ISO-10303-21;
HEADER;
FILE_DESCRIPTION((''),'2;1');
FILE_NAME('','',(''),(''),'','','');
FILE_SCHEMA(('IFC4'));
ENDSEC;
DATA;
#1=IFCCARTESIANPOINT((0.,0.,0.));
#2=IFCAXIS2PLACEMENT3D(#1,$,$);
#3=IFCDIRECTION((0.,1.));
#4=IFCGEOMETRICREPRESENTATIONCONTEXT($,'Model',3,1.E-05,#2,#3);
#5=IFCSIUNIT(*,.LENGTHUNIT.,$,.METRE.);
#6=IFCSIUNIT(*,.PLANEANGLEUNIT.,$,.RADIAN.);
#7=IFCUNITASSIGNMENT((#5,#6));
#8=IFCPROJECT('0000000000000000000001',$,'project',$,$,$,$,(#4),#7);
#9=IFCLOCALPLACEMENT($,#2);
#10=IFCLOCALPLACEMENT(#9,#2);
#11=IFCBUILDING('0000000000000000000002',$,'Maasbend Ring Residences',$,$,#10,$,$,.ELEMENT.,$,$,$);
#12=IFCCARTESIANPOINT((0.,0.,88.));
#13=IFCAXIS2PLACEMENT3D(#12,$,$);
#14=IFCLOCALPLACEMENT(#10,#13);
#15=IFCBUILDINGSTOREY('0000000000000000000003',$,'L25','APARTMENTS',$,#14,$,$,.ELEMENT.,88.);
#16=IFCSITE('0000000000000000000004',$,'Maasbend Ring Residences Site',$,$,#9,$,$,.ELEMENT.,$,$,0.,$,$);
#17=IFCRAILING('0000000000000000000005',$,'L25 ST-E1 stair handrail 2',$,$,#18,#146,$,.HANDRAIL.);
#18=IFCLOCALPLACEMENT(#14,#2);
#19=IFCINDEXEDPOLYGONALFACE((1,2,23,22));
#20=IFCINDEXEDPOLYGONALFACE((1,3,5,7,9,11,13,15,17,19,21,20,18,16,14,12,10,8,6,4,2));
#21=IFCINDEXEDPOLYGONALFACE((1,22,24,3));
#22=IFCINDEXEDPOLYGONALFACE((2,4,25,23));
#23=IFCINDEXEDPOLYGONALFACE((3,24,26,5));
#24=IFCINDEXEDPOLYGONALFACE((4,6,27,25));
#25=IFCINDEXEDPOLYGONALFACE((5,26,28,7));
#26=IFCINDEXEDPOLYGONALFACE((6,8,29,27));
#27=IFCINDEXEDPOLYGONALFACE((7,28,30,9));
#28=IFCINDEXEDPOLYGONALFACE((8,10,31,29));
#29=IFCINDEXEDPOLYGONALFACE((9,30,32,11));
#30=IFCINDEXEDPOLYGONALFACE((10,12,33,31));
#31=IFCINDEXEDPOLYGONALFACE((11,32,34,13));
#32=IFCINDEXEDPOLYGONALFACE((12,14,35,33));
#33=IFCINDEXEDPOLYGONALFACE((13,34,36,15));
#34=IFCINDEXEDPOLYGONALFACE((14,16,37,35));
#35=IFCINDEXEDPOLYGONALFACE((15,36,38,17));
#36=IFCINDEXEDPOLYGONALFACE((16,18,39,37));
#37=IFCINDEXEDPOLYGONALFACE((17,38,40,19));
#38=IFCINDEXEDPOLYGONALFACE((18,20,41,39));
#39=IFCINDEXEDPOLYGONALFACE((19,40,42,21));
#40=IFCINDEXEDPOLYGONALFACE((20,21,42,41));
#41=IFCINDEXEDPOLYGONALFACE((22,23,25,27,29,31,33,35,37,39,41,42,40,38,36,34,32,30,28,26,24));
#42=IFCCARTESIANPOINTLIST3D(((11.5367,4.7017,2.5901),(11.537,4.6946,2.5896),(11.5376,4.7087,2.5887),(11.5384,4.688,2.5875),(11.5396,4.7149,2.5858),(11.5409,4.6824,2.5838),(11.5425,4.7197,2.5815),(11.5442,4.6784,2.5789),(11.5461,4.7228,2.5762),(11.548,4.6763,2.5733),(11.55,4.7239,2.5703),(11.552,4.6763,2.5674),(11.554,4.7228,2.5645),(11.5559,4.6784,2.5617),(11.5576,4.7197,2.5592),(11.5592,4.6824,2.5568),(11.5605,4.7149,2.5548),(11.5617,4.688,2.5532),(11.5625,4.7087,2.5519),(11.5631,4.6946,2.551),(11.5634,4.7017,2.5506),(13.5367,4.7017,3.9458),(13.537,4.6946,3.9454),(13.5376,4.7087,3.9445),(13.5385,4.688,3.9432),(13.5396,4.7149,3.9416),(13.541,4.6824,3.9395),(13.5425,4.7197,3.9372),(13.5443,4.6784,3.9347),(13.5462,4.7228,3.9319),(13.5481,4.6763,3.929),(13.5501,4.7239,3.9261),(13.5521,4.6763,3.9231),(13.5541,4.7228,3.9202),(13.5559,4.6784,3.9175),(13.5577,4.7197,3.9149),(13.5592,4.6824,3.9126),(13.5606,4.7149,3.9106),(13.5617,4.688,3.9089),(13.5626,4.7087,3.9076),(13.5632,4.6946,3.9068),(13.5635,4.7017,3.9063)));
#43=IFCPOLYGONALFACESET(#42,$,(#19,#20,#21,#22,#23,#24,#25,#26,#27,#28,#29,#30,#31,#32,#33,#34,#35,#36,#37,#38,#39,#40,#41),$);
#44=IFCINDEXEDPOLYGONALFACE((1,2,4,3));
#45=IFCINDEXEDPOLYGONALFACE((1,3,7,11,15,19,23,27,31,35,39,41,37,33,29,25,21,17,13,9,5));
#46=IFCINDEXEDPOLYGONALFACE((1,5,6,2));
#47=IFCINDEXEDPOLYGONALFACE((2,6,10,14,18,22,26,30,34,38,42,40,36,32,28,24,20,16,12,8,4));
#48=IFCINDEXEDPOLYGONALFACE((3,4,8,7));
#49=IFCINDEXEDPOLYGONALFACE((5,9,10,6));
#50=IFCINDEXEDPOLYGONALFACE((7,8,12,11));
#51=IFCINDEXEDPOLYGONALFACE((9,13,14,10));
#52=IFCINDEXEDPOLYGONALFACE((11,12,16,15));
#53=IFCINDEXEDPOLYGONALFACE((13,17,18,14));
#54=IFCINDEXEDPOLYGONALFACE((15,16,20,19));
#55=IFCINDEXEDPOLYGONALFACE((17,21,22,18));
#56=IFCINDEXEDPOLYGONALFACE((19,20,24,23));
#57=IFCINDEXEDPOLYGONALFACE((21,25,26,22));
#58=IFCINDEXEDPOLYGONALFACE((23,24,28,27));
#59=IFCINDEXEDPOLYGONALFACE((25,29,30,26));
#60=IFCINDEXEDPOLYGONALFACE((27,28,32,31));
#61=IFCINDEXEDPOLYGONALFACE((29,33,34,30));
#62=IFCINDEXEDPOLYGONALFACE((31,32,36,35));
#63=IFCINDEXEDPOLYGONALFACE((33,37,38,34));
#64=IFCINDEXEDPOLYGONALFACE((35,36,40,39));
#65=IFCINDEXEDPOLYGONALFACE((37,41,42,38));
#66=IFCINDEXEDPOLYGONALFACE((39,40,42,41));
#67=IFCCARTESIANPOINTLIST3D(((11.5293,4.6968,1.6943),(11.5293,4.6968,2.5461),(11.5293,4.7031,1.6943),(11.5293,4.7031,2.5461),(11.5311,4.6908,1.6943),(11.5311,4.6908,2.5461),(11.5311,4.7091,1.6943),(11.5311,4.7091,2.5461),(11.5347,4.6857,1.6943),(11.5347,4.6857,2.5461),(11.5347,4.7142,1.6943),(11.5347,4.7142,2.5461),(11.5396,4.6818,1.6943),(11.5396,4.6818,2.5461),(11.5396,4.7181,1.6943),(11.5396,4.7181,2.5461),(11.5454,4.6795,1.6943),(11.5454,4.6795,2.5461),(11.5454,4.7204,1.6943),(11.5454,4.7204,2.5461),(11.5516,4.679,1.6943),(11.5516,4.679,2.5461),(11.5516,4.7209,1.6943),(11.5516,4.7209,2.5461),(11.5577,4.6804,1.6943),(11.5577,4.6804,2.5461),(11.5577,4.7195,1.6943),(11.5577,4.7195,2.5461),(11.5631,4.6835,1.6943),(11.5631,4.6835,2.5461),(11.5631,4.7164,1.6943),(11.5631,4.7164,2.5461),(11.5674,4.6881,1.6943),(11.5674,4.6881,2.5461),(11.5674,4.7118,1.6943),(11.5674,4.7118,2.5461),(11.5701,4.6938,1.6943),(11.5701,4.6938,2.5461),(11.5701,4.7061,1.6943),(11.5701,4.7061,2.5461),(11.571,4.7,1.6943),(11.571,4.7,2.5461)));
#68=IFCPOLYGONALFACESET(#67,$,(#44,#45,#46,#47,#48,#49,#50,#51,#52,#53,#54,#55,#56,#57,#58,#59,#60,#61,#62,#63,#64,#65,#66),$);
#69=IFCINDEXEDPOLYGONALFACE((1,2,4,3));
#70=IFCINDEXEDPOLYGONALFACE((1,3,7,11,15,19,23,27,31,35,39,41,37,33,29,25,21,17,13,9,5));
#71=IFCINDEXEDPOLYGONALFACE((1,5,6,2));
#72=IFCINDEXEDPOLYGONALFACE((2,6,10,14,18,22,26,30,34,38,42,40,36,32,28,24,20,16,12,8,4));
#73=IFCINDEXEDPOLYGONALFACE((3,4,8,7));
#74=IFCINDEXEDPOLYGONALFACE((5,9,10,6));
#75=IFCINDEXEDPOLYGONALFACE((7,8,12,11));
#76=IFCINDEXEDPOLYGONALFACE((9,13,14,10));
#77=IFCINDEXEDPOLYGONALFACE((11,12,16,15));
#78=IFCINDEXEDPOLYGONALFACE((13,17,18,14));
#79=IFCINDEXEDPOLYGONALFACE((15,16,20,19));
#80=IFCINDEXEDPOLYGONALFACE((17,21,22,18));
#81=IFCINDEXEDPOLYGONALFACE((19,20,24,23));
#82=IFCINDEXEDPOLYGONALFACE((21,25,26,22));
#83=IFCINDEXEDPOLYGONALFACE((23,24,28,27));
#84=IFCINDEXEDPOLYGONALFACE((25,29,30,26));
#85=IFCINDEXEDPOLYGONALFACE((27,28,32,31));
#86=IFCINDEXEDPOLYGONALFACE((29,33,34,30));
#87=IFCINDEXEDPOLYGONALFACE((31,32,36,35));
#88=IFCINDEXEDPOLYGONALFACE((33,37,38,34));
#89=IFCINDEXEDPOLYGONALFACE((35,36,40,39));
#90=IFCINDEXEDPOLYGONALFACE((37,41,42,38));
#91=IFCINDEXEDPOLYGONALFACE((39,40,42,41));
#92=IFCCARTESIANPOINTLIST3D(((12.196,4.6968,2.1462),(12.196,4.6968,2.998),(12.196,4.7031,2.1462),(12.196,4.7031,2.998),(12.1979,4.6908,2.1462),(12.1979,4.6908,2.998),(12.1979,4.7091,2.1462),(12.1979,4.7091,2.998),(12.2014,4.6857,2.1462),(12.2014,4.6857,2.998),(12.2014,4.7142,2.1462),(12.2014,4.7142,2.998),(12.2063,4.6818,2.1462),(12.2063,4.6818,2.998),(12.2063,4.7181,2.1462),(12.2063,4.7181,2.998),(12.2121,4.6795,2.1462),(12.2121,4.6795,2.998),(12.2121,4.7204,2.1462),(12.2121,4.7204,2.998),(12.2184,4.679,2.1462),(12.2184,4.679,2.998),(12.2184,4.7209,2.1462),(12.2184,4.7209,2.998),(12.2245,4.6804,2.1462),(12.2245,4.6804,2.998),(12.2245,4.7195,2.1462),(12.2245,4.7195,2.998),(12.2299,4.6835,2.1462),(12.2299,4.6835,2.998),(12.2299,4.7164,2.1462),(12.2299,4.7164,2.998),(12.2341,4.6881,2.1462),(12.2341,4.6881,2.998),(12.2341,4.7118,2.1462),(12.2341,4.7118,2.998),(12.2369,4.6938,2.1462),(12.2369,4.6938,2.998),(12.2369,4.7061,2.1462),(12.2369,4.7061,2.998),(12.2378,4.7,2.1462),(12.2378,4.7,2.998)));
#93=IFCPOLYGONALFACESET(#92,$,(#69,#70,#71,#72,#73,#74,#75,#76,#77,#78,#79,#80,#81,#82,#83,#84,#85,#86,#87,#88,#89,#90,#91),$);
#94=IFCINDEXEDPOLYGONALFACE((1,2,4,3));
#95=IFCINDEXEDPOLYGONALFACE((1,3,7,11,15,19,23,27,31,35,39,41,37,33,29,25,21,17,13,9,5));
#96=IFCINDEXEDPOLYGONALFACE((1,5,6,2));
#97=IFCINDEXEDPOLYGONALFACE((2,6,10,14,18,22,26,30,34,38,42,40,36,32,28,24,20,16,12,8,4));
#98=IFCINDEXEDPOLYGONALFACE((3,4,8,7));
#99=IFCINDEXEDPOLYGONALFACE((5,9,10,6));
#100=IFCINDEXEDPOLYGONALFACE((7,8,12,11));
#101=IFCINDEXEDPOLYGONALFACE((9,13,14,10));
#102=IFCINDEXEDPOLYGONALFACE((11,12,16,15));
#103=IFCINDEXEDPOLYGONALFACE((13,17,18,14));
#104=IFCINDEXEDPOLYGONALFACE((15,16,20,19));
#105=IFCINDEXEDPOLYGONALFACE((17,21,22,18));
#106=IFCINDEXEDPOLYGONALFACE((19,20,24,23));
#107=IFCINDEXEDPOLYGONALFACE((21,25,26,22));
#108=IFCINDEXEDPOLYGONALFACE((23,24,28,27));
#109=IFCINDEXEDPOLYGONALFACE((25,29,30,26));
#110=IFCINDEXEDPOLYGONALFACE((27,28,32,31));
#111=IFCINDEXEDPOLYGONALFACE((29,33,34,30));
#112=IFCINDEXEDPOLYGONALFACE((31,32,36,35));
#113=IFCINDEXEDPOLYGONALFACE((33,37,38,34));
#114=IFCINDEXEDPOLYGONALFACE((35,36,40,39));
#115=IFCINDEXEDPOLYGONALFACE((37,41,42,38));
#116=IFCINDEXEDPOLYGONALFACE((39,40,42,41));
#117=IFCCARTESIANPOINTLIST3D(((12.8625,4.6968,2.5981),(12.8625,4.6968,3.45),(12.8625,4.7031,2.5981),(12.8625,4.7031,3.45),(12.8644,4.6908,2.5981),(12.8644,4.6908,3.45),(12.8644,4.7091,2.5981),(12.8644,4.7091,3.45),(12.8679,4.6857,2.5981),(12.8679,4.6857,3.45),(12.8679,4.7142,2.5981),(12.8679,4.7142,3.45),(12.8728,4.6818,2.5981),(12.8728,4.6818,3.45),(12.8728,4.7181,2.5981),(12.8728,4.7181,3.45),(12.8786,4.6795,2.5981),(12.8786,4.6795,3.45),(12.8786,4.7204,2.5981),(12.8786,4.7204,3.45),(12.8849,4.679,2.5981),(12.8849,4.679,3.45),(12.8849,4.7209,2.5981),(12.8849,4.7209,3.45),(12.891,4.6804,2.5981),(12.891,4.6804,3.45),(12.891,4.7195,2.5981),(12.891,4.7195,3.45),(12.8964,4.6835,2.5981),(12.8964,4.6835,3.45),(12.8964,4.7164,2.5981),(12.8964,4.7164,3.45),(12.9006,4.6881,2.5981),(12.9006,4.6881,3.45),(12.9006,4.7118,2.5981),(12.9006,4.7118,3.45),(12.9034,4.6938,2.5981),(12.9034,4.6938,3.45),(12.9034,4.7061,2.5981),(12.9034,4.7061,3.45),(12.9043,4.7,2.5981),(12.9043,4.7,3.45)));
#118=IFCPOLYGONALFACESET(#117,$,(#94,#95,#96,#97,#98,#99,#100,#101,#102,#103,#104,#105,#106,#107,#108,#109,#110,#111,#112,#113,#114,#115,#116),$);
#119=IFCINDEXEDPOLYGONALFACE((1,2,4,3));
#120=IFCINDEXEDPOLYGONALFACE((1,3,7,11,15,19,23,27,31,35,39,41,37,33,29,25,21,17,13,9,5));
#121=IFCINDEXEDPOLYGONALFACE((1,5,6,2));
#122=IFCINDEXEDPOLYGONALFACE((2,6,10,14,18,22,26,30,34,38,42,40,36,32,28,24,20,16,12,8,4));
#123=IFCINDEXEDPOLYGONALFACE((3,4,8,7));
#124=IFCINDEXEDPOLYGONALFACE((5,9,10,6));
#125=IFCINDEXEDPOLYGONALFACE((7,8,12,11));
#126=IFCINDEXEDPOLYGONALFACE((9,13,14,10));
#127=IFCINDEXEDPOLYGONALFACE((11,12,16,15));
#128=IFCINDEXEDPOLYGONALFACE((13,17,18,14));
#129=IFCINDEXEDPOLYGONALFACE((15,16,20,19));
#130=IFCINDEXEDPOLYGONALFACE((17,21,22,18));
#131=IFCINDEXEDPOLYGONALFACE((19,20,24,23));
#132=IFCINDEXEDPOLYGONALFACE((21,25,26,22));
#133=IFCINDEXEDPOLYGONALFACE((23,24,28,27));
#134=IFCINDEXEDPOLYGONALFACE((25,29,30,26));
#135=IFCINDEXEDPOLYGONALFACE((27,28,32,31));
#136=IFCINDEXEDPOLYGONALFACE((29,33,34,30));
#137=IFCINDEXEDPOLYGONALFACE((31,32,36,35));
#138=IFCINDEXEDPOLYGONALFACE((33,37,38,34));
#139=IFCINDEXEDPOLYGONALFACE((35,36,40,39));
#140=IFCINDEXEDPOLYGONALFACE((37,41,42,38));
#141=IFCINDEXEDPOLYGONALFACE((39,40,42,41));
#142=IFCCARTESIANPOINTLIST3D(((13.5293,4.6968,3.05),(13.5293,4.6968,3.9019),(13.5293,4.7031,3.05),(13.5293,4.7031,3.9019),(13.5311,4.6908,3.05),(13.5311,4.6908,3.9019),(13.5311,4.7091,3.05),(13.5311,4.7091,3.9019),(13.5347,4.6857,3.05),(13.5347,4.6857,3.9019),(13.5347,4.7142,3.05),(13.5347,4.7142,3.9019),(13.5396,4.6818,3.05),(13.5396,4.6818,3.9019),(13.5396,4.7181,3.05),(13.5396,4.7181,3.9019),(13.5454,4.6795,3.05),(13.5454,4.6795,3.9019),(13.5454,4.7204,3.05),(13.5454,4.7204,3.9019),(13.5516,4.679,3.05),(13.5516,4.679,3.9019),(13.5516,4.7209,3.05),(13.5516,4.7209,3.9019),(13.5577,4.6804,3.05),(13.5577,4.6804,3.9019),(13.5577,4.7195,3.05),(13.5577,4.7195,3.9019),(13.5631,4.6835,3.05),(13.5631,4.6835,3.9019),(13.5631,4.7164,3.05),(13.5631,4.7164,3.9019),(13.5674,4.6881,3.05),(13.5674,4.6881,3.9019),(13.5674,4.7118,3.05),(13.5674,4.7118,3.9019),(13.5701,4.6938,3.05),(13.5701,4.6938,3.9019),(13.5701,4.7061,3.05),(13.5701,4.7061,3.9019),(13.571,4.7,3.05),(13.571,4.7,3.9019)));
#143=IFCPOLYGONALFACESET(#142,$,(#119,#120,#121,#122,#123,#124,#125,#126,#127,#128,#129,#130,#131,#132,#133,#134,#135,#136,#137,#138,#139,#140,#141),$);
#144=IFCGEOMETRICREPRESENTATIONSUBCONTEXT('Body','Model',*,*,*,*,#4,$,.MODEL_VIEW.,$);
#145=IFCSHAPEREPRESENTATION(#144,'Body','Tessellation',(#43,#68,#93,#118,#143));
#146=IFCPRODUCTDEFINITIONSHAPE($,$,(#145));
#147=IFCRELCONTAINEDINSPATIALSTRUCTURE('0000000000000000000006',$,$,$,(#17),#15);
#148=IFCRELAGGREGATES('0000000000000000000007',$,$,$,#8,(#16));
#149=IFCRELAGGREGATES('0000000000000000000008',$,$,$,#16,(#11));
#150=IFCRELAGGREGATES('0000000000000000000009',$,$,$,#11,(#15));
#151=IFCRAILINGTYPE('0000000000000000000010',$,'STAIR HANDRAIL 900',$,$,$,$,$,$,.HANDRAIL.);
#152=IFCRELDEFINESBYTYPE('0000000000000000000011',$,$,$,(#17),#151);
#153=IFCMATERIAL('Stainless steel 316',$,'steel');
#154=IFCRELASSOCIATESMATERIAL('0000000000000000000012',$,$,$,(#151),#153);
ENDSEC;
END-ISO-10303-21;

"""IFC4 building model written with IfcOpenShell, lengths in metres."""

from ifc_helpers import new_model, si_unit, direction, frame, origin, origin_2d, place, context, subcontext, project, spatial, circle, extrude, material, type_object, element, save


model = new_model("IFC4")

# Units and contexts
model_context = context("Model", 3, precision=1e-05, world=origin(), true_north=direction((0.0, 1.0)))
body_context = subcontext(model_context, "Body", "Model", "MODEL_VIEW")
ifc_project = project(units=[si_unit("LENGTHUNIT", "METRE"), si_unit("PLANEANGLEUNIT", "RADIAN")], contexts=[model_context])

# Site, building, storey
site_placement = place(None, origin())
site = spatial("IfcSite", under=ifc_project, at=site_placement, Name="Maasbend Ring Residences Site", CompositionType="ELEMENT", RefElevation=0.0)
building_placement = place(site_placement, origin())
building = spatial("IfcBuilding", under=site, at=building_placement, Name="Maasbend Ring Residences", CompositionType="ELEMENT")
storey_placement = place(building_placement, frame((0.0, 0.0, 88.0)))
storey = spatial("IfcBuildingStorey", under=building, at=storey_placement, Name="L25", Description="APARTMENTS", CompositionType="ELEMENT", Elevation=88.0)

# Railing
ifc_material_1 = material(Name="Stainless steel 316", Category="steel")
railing_type_1 = type_object("IfcRailingType", Name="STAIR HANDRAIL 900", PredefinedType="HANDRAIL", material=ifc_material_1)
railing_1_placement = place(storey_placement, frame((11.55, 4.7, 1.6943)))
element("IfcRailing", 1, at=railing_1_placement, inside=storey, type_object=railing_type_1, Name="L25 ST-E1 stair handrail 2", PredefinedType="HANDRAIL", context=body_context, shape_type="SweptSolid", body=[
    extrude(circle(Radius=0.0239, at=origin_2d()), frame((0.0, 0.0, 0.876), z_axis=(0.827751, 0.0, 0.561096), x_axis=(0.0, 1.0, 0.0)), (0.0, 0.0, 1.0), 2.4163),
    extrude(circle(Radius=0.021, at=origin_2d()), origin(), (0.0, 0.0, 1.0), 0.8518),
    extrude(circle(Radius=0.021, at=origin_2d()), frame((0.6667, 0.0, 0.4519)), (0.0, 0.0, 1.0), 0.8518),
    extrude(circle(Radius=0.021, at=origin_2d()), frame((1.3333, 0.0, 0.9038)), (0.0, 0.0, 1.0), 0.8518),
    extrude(circle(Radius=0.021, at=origin_2d()), frame((2.0, 0.0, 1.3557)), (0.0, 0.0, 1.0), 0.8518),
])

save(model, "model.ifc")
